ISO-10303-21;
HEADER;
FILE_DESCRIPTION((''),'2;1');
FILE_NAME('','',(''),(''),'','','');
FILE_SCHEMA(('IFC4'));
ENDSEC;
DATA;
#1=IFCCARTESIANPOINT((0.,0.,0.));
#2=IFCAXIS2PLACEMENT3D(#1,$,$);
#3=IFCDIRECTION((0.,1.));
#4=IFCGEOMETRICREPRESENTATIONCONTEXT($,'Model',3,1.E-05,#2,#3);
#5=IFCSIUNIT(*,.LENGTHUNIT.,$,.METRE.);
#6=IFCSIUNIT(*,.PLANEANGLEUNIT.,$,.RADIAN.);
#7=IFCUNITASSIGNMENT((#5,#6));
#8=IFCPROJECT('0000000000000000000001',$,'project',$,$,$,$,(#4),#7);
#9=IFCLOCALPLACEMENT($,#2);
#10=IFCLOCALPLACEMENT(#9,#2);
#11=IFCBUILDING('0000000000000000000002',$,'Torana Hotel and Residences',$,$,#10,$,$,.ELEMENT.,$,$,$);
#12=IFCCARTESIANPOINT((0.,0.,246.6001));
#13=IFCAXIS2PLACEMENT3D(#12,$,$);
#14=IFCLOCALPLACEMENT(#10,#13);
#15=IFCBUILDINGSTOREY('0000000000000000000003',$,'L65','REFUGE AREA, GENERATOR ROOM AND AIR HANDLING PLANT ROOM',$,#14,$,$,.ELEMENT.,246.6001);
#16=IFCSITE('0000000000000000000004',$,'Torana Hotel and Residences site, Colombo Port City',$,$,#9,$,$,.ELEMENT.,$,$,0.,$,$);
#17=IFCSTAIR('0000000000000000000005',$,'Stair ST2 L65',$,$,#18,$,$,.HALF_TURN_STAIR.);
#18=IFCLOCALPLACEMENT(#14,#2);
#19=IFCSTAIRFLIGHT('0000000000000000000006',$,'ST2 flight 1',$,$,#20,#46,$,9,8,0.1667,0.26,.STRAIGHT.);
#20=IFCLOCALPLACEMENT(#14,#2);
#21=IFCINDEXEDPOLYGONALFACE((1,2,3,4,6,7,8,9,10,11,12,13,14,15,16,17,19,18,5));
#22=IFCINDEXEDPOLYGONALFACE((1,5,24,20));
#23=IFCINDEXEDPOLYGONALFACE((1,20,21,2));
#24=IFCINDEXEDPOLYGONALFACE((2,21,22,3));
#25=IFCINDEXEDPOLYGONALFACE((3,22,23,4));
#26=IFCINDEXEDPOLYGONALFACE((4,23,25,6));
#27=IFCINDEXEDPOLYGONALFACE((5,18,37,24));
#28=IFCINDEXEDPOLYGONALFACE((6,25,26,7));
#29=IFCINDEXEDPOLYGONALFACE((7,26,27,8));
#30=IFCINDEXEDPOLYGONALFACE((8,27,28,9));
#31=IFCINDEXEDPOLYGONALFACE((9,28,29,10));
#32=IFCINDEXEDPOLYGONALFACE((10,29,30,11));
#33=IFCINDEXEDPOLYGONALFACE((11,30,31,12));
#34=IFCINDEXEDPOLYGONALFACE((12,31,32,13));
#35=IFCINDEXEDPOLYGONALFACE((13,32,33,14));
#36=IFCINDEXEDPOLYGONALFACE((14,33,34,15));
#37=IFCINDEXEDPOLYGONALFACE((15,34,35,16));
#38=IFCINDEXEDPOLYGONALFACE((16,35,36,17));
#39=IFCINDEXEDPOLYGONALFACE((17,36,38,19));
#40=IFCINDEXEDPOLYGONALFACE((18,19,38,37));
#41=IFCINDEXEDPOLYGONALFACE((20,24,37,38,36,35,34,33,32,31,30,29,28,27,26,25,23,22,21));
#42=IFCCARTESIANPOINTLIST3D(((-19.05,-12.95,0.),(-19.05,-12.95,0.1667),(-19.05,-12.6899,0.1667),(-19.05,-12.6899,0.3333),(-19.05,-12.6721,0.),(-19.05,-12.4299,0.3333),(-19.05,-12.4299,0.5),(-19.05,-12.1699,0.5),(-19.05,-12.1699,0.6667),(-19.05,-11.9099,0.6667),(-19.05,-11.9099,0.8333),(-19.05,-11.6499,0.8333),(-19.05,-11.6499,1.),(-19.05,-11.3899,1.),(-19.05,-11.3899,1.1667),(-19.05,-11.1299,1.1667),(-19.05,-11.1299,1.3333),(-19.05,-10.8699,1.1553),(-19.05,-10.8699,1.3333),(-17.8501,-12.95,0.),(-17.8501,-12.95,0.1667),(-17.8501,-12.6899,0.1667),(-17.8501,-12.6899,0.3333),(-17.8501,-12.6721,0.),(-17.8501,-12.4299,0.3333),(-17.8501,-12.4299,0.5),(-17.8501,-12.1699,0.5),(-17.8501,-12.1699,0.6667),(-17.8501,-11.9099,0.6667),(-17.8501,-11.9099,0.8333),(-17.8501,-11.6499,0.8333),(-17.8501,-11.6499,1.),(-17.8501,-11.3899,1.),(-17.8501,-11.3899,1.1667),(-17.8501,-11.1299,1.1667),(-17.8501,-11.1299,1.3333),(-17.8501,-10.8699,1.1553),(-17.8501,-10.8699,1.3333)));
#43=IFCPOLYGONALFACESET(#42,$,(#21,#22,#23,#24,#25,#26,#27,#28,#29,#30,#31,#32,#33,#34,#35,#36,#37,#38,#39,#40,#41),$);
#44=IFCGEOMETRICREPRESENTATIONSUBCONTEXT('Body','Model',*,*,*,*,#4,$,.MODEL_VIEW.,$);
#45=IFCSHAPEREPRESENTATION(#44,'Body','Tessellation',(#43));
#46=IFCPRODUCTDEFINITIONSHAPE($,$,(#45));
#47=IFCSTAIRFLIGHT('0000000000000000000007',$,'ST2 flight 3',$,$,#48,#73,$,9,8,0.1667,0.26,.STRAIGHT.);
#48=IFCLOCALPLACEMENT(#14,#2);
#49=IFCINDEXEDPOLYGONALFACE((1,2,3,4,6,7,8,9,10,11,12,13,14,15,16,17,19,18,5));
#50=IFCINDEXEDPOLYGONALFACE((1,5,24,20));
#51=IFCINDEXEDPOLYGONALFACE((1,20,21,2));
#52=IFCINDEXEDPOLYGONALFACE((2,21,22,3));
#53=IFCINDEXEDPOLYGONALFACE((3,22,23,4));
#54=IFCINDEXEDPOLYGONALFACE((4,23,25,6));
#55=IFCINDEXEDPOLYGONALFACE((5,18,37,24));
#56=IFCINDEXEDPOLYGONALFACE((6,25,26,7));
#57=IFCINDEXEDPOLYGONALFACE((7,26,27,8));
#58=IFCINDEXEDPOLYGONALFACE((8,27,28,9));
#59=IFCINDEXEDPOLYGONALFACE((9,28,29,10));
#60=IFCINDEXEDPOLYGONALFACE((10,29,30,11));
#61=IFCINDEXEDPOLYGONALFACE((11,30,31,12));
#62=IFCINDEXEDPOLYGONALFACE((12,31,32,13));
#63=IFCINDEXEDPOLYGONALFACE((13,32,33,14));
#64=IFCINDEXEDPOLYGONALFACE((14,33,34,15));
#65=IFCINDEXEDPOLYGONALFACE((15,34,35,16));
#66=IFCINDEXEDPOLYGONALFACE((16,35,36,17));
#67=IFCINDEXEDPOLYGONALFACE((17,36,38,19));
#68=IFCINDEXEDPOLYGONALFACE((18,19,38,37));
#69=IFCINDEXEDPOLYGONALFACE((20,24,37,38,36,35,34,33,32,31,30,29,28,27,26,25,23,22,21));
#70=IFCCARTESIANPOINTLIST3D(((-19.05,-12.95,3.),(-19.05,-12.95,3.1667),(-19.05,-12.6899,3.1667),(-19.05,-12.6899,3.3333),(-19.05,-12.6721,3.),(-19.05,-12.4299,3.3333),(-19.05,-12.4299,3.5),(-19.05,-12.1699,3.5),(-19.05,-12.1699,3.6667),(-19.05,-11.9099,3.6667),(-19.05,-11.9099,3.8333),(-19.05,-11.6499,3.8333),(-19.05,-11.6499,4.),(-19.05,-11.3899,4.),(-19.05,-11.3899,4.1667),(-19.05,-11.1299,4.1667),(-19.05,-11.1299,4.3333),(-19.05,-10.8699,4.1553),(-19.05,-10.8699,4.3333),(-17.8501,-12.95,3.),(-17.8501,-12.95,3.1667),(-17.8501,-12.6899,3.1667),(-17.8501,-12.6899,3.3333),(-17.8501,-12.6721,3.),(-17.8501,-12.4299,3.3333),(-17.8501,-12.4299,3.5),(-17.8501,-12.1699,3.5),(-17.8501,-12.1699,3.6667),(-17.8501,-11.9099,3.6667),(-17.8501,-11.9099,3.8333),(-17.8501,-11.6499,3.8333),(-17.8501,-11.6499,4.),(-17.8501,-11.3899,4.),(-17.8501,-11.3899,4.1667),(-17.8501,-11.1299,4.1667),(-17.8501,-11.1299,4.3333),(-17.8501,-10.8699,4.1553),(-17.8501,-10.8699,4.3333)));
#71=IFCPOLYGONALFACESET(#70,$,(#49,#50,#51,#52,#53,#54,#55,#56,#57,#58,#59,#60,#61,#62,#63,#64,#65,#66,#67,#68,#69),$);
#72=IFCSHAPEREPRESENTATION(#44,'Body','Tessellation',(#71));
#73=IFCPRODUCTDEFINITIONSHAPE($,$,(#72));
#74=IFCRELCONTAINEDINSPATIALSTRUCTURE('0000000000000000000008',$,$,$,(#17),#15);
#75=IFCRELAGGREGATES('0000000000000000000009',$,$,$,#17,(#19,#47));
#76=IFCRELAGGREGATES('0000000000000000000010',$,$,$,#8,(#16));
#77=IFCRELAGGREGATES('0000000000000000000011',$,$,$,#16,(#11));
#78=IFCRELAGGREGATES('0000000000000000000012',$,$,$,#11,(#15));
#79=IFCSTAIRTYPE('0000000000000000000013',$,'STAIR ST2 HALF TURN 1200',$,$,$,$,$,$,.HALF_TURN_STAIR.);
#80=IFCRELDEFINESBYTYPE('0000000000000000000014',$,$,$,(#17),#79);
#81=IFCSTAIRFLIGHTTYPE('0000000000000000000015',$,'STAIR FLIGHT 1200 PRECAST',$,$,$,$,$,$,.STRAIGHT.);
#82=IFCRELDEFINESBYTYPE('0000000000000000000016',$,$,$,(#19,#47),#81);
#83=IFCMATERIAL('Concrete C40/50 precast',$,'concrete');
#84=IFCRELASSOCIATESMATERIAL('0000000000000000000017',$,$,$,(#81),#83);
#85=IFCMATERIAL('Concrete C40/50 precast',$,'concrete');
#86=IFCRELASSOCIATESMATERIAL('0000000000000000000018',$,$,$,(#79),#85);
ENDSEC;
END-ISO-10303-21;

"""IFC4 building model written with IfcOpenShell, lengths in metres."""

from ifc_helpers import new_model, si_unit, direction, frame, origin, place, context, subcontext, project, spatial, polyline, outline, extrude, material, type_object, element, aggregate, save


model = new_model("IFC4")

# Units and contexts
model_context = context("Model", 3, precision=1e-05, world=origin(), true_north=direction((0.0, 1.0)))
body_context = subcontext(model_context, "Body", "Model", "MODEL_VIEW")
ifc_project = project(units=[si_unit("LENGTHUNIT", "METRE"), si_unit("PLANEANGLEUNIT", "RADIAN")], contexts=[model_context])

# Site, building, storey
site_placement = place(None, origin())
site = spatial("IfcSite", under=ifc_project, at=site_placement, Name="Torana Hotel and Residences site, Colombo Port City", CompositionType="ELEMENT", RefElevation=0.0)
building_placement = place(site_placement, origin())
building = spatial("IfcBuilding", under=site, at=building_placement, Name="Torana Hotel and Residences", CompositionType="ELEMENT")
storey_placement = place(building_placement, frame((0.0, 0.0, 246.6001)))
storey = spatial("IfcBuildingStorey", under=building, at=storey_placement, Name="L65", Description="REFUGE AREA, GENERATOR ROOM AND AIR HANDLING PLANT ROOM", CompositionType="ELEMENT", Elevation=246.6001)

# Shared definitions
ifc_material_1 = material(Name="Concrete C40/50 precast", Category="concrete")
stair_flight_type = type_object("IfcStairFlightType", Name="STAIR FLIGHT 1200 PRECAST", PredefinedType="STRAIGHT", material=ifc_material_1)

# Stair, stair flights
ifc_material_2 = material(Name="Concrete C40/50 precast", Category="concrete")
stair_type_1 = type_object("IfcStairType", Name="STAIR ST2 HALF TURN 1200", PredefinedType="HALF_TURN_STAIR", material=ifc_material_2)
stair_1_placement = place(storey_placement, origin())
stair_1 = element("IfcStair", 1, at=stair_1_placement, inside=storey, type_object=stair_type_1, Name="Stair ST2 L65", PredefinedType="HALF_TURN_STAIR")
stair_flight_1_placement = place(storey_placement, frame((-18.45, -12.95, 0.0), z_axis=(0.0, 0.0, 1.0), x_axis=(0.0, 1.0, 0.0)))
stair_flight_1 = element("IfcStairFlight", 2, at=stair_flight_1_placement, type_object=stair_flight_type, Name="ST2 flight 1", NumberOfRisers=9, NumberOfTreads=8, PredefinedType="STRAIGHT", RiserHeight=0.1667, TreadLength=0.26, context=body_context, shape_type="SweptSolid", body=[
    extrude(outline(polyline([(0.0, 0.0), (0.0, 0.1667), (0.26, 0.1667), (0.26, 0.3333), (0.52, 0.3333), (0.52, 0.5), (0.78, 0.5), (0.78, 0.6667), (1.04, 0.6667), (1.04, 0.8333), (1.3, 0.8333), (1.3, 1.0), (1.5601, 1.0), (1.5601, 1.1667), (1.8201, 1.1667), (1.8201, 1.3333), (2.0801, 1.3333), (2.0801, 1.5), (2.0801, 1.1553), (0.2778, 0.0), (0.0, 0.0)])), frame((0.0, 0.6001, 0.0), z_axis=(0.0, -1.0, 0.0), x_axis=(1.0, 0.0, 0.0)), (0.0, 0.0, 1.0), 1.2),
])
stair_flight_2_placement = place(storey_placement, frame((-18.45, -12.95, 3.0), z_axis=(0.0, 0.0, 1.0), x_axis=(0.0, 1.0, 0.0)))
stair_flight_2 = element("IfcStairFlight", 3, at=stair_flight_2_placement, type_object=stair_flight_type, Name="ST2 flight 3", NumberOfRisers=9, NumberOfTreads=8, PredefinedType="STRAIGHT", RiserHeight=0.1667, TreadLength=0.26, context=body_context, shape_type="SweptSolid", body=[
    extrude(outline(polyline([(0.0, 0.0), (0.0, 0.1667), (0.26, 0.1667), (0.26, 0.3333), (0.52, 0.3333), (0.52, 0.5), (0.78, 0.5), (0.78, 0.6667), (1.04, 0.6667), (1.04, 0.8333), (1.3, 0.8333), (1.3, 1.0), (1.5601, 1.0), (1.5601, 1.1667), (1.8201, 1.1667), (1.8201, 1.3333), (2.0801, 1.3333), (2.0801, 1.5), (2.0801, 1.1553), (0.2778, 0.0), (0.0, 0.0)])), frame((0.0, 0.6001, 0.0), z_axis=(0.0, -1.0, 0.0), x_axis=(1.0, 0.0, 0.0)), (0.0, 0.0, 1.0), 1.2),
])
aggregate(stair_1, [stair_flight_1, stair_flight_2])

save(model, "model.ifc")
